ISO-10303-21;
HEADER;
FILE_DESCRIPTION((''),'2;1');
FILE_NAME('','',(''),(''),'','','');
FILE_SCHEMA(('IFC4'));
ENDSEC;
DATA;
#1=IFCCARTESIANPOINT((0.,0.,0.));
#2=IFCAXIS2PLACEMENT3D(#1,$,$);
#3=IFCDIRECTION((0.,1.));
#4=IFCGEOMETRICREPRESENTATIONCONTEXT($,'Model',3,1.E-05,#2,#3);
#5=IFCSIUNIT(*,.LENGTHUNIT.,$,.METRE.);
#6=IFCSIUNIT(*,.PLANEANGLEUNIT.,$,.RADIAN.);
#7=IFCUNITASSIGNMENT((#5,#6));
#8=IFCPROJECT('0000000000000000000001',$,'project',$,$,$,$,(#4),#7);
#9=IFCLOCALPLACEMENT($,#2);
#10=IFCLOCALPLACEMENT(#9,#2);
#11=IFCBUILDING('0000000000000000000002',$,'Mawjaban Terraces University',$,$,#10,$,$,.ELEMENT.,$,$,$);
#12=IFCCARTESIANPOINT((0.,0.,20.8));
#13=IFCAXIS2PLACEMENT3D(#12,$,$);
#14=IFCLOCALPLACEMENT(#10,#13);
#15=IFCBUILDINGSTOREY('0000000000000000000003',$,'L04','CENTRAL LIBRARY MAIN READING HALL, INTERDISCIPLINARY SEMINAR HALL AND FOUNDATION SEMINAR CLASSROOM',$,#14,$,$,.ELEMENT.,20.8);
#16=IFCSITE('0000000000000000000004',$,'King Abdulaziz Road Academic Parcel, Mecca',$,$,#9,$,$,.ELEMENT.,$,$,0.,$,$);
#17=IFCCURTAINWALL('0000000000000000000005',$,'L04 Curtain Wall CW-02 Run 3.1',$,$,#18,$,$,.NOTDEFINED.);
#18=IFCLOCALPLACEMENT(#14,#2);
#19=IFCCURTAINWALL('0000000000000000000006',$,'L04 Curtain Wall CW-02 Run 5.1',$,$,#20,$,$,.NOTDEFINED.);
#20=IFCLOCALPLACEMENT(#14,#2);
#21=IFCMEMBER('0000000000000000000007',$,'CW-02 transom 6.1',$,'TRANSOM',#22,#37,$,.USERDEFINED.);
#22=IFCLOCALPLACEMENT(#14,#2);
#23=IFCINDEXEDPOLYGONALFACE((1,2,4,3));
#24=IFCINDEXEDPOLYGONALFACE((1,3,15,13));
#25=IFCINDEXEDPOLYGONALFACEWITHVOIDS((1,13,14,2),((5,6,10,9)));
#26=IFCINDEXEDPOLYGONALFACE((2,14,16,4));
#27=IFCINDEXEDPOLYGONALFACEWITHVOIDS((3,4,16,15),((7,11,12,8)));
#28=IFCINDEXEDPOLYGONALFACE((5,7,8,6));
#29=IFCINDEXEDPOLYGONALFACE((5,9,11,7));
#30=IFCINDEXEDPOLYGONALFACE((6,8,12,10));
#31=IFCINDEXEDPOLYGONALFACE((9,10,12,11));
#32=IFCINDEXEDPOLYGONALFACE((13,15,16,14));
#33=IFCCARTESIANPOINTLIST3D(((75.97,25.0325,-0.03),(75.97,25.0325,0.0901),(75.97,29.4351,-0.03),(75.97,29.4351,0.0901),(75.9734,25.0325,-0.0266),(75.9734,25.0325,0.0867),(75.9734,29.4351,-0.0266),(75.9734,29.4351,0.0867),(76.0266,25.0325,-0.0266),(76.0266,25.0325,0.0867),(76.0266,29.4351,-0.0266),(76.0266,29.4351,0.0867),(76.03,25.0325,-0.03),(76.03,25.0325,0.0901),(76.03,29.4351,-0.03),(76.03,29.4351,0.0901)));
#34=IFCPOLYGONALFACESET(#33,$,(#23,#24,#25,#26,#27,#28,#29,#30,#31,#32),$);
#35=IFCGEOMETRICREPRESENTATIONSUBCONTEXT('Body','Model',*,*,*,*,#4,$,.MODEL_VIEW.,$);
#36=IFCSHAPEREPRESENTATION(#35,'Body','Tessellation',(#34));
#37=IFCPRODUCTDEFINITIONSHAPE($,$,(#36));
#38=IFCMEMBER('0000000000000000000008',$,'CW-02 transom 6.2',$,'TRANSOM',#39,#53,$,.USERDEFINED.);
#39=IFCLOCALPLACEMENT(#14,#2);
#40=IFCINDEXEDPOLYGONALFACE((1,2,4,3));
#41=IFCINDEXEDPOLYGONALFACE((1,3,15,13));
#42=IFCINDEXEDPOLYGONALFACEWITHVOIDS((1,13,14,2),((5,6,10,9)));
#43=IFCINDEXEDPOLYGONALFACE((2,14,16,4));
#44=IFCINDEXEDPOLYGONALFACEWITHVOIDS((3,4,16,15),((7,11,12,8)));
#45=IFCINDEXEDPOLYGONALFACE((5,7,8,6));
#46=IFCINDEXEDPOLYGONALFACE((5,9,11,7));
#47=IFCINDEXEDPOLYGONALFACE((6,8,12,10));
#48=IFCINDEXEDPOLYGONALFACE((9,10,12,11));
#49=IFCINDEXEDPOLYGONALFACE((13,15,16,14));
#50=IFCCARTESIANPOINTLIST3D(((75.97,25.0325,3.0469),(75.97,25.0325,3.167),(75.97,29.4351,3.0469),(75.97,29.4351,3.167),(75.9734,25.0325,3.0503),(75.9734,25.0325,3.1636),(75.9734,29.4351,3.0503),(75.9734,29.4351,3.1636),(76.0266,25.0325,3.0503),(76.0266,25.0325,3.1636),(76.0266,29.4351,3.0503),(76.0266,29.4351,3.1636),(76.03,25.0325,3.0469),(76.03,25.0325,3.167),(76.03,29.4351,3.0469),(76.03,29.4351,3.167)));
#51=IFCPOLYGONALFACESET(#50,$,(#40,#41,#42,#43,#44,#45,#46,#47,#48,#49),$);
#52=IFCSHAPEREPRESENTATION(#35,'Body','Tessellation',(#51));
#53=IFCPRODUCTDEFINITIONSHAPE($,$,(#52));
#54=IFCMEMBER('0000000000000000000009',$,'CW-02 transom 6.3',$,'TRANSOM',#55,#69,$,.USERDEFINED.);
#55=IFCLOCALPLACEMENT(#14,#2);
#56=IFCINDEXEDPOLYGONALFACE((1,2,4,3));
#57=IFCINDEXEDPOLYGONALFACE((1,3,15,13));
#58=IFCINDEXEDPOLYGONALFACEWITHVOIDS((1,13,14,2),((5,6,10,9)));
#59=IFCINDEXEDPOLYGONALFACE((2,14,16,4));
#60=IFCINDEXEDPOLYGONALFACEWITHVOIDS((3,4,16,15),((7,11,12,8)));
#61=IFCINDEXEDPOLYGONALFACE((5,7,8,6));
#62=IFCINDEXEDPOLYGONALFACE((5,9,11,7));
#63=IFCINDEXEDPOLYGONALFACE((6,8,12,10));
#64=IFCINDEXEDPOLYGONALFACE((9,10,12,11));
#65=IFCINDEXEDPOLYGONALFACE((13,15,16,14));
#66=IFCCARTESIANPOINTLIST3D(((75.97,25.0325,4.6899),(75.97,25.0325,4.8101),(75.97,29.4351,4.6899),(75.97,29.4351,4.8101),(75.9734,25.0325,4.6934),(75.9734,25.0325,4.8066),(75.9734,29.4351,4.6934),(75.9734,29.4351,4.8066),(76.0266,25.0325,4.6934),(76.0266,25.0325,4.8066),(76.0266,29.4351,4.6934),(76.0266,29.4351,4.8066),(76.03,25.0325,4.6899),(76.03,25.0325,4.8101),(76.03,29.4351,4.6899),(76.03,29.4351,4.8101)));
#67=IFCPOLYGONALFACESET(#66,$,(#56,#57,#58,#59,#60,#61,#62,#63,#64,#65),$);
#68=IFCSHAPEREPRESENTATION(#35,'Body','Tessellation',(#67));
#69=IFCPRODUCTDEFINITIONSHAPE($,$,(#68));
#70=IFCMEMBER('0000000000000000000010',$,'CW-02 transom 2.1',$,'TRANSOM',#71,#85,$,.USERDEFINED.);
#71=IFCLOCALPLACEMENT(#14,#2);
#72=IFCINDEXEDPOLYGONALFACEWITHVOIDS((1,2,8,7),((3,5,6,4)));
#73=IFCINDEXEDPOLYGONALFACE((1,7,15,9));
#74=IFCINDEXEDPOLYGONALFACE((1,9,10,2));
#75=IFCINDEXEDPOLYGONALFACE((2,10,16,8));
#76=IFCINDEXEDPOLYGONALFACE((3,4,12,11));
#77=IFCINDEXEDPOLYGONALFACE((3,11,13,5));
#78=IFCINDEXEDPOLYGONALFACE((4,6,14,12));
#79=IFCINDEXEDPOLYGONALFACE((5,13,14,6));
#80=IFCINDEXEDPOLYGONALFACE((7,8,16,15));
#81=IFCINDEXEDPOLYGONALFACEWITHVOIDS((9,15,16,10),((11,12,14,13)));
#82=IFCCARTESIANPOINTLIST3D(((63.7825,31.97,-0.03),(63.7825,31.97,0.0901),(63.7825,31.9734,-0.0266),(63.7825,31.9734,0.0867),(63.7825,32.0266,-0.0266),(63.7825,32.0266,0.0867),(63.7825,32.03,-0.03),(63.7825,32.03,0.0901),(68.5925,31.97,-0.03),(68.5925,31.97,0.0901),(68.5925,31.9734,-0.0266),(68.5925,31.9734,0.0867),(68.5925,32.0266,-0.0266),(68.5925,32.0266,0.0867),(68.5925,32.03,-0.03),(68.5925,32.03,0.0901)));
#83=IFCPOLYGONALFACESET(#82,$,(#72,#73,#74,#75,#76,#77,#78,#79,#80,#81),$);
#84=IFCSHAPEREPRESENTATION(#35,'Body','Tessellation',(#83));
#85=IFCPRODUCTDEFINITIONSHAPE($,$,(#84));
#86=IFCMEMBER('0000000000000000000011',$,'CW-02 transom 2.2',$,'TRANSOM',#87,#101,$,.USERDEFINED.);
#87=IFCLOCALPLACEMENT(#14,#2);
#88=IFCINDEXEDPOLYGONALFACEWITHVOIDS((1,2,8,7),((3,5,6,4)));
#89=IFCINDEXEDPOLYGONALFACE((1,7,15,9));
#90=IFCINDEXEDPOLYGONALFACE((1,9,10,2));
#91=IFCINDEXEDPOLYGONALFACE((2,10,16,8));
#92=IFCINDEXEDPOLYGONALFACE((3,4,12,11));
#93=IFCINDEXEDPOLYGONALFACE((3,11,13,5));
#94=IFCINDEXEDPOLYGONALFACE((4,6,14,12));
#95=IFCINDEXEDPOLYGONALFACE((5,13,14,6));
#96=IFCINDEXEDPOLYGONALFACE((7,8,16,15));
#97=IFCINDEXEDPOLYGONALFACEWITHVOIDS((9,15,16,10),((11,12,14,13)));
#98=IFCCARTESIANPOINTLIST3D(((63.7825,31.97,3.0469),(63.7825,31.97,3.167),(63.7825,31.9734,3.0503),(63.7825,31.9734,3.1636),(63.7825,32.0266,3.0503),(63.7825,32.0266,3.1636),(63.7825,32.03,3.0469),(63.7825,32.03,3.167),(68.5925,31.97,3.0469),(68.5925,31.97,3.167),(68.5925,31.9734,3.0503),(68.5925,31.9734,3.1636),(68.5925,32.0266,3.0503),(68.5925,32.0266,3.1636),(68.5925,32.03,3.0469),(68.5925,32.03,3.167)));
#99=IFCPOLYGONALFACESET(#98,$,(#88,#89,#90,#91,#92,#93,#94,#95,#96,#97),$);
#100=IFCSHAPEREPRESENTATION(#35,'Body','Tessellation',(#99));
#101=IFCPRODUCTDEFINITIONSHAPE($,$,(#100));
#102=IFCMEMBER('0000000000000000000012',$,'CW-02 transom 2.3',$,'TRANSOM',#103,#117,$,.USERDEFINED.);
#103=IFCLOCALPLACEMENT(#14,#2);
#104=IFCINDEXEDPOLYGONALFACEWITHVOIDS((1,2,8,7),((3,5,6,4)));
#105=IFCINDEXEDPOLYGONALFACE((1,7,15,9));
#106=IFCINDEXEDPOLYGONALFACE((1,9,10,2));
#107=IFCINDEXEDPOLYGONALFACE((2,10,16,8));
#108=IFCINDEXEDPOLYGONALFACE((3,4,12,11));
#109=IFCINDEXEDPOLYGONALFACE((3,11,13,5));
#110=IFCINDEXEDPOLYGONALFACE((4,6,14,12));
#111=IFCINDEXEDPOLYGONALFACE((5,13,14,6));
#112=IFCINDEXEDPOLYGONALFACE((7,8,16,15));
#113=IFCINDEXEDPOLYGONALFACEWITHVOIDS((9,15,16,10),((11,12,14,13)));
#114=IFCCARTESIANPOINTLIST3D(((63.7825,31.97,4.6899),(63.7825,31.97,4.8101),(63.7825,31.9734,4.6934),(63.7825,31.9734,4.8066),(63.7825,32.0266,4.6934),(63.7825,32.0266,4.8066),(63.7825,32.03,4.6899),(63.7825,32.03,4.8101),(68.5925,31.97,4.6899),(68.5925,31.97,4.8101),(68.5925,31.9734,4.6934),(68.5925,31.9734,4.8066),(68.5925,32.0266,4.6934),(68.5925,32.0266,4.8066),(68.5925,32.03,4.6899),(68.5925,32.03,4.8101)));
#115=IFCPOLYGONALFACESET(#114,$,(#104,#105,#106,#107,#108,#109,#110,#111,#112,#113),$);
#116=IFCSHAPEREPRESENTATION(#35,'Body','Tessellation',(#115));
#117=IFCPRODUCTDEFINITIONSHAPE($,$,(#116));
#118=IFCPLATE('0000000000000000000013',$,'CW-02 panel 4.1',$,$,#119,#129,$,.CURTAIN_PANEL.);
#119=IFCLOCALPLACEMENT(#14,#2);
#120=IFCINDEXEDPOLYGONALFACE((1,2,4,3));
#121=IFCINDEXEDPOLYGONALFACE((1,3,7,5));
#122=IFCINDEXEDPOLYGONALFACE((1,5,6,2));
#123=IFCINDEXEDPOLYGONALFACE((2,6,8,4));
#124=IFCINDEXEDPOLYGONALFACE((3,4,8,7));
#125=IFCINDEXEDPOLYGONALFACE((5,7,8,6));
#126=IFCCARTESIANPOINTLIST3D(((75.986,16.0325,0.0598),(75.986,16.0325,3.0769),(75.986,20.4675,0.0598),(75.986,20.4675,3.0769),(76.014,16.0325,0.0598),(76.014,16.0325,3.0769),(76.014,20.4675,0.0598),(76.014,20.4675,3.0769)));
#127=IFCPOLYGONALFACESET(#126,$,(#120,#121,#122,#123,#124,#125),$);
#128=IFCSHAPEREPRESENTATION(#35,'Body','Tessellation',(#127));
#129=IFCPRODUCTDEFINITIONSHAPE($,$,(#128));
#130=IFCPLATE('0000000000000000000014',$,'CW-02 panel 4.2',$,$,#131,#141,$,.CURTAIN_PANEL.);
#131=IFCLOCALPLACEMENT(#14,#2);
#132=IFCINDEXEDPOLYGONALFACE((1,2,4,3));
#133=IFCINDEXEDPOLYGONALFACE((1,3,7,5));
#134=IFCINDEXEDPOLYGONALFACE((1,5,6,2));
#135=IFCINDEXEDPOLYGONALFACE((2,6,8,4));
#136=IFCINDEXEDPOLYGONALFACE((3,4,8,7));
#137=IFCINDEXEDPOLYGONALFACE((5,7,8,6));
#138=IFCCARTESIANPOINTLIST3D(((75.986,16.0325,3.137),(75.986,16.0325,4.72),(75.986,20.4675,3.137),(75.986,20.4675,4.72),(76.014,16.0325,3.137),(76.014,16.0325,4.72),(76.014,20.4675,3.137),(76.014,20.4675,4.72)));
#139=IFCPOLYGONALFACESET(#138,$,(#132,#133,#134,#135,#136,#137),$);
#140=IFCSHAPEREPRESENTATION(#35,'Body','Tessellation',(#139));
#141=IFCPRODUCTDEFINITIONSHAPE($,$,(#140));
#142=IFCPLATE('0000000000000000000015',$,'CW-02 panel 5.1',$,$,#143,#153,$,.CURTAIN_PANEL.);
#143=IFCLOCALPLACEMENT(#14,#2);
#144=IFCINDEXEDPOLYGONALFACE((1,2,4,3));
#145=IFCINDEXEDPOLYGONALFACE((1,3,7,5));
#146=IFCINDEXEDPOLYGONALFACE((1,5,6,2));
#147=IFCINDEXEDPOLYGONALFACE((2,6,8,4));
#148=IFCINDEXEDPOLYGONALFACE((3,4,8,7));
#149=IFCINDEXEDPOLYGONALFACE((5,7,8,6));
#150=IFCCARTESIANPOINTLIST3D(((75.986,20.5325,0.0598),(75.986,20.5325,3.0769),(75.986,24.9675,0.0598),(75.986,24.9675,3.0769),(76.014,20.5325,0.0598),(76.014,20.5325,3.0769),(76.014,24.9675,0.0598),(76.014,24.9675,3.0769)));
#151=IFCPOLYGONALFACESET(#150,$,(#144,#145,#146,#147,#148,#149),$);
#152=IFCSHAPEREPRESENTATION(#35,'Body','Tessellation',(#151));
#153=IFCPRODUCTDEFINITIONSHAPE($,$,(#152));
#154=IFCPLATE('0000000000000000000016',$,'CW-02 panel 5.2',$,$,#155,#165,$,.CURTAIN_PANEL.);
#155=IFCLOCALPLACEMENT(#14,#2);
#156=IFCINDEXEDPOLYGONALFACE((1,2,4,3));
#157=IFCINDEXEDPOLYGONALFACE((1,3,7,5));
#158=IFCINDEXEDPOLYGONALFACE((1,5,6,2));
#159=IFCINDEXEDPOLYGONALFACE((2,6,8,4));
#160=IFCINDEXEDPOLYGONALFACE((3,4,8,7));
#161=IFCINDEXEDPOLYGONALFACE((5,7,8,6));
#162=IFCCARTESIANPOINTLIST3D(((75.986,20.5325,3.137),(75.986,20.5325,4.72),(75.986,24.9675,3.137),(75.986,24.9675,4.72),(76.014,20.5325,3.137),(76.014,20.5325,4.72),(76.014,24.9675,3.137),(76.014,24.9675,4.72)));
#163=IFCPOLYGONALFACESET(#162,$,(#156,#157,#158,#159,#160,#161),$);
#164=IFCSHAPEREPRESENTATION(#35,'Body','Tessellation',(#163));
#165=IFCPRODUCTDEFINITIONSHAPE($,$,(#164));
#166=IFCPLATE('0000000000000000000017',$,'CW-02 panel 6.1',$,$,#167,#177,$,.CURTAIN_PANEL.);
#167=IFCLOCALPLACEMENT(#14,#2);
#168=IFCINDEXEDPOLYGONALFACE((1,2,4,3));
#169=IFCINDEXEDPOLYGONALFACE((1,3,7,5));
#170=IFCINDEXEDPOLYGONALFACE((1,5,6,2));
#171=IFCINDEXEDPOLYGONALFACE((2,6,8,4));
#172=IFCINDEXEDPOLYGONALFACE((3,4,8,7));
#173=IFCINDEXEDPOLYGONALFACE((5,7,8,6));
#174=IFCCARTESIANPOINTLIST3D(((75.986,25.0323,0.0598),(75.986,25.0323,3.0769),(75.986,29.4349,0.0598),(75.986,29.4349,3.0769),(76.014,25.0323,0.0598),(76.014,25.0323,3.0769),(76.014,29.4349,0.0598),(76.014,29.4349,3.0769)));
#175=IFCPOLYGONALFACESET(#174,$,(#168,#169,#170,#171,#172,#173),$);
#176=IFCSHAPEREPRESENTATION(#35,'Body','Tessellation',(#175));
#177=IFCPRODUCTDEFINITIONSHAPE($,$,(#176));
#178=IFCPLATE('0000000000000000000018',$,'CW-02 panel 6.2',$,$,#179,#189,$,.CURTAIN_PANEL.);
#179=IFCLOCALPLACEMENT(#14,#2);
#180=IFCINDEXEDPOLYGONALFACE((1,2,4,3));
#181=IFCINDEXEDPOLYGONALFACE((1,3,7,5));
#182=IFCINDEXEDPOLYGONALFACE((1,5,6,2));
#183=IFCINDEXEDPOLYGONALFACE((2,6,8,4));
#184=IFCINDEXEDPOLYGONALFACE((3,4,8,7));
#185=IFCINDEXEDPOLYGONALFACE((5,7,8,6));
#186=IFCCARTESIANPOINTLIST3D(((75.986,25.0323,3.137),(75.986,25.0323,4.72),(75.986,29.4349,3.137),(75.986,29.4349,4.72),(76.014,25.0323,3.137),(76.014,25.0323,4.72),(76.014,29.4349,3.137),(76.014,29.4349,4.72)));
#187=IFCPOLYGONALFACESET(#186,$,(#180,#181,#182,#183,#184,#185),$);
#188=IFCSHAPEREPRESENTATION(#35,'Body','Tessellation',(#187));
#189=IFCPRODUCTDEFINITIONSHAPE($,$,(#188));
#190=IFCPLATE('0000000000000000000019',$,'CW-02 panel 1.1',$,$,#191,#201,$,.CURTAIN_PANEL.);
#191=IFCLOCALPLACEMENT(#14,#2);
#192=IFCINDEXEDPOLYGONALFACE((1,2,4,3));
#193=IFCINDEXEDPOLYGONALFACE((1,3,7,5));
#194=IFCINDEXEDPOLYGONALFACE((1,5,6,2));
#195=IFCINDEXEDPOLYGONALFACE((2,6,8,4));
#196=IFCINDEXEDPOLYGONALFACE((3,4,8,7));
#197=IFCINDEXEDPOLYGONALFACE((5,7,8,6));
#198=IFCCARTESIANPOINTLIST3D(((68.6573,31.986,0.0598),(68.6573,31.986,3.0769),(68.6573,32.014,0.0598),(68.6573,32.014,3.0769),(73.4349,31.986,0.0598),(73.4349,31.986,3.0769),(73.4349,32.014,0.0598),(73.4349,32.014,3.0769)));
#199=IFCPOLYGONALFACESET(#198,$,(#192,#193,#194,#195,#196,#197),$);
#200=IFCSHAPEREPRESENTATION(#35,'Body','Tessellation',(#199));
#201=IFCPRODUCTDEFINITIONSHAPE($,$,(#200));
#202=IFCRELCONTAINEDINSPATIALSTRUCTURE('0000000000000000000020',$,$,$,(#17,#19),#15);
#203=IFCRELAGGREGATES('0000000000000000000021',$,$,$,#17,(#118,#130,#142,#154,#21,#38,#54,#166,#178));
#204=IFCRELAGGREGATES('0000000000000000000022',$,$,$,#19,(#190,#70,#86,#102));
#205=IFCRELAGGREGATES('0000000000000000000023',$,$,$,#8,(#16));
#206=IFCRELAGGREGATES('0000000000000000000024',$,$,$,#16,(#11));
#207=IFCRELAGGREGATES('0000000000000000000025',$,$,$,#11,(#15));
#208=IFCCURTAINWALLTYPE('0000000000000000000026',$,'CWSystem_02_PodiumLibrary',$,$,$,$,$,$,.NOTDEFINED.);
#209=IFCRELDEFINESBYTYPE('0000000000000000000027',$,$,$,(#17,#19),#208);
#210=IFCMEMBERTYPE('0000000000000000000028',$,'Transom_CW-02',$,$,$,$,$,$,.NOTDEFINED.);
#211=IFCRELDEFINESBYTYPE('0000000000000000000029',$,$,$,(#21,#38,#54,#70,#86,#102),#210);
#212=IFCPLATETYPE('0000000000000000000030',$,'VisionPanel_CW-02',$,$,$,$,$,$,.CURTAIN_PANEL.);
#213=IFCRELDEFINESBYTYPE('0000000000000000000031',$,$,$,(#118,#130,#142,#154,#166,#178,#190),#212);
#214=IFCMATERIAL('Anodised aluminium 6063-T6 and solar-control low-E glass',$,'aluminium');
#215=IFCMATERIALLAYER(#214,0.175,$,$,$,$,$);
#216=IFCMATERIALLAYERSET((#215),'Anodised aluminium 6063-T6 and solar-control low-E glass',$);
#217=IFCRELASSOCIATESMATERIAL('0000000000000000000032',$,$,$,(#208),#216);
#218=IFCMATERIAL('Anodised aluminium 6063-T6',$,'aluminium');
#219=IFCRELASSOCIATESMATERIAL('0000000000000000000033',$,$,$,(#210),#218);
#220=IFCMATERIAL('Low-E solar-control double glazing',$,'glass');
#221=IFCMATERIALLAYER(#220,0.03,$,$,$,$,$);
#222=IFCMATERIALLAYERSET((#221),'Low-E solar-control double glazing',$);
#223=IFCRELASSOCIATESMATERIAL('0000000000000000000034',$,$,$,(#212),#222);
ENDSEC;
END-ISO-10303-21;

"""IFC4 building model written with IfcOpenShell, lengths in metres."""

from ifc_helpers import new_model, si_unit, direction, frame, origin, origin_2d, place, context, subcontext, project, spatial, rectangle, hollow_rectangle, extrude, material, layer, layer_set, material_profile, profile_set, type_object, element, aggregate, save


model = new_model("IFC4")

# Units and contexts
model_context = context("Model", 3, precision=1e-05, world=origin(), true_north=direction((0.0, 1.0)))
body_context = subcontext(model_context, "Body", "Model", "MODEL_VIEW")
ifc_project = project(units=[si_unit("LENGTHUNIT", "METRE"), si_unit("PLANEANGLEUNIT", "RADIAN")], contexts=[model_context])

# Site, building, storey
site_placement = place(None, origin())
site = spatial("IfcSite", under=ifc_project, at=site_placement, Name="King Abdulaziz Road Academic Parcel, Mecca", CompositionType="ELEMENT", RefElevation=0.0)
building_placement = place(site_placement, origin())
building = spatial("IfcBuilding", under=site, at=building_placement, Name="Mawjaban Terraces University", CompositionType="ELEMENT")
storey_placement = place(building_placement, frame((0.0, 0.0, 20.8)))
storey = spatial("IfcBuildingStorey", under=building, at=storey_placement, Name="L04", Description="CENTRAL LIBRARY MAIN READING HALL, INTERDISCIPLINARY SEMINAR HALL AND FOUNDATION SEMINAR CLASSROOM", CompositionType="ELEMENT", Elevation=20.8)

# Curtain wall
ifc_material_1 = material(Name="Anodised aluminium 6063-T6 and solar-control low-E glass", Category="aluminium")
ifc_layer_1 = layer(ifc_material_1, 0.175)
ifc_layer_set_1 = layer_set([ifc_layer_1], Name="Anodised aluminium 6063-T6 and solar-control low-E glass")
curtain_wall_type = type_object("IfcCurtainWallType", Name="CWSystem_02_PodiumLibrary", PredefinedType="NOTDEFINED", material=ifc_layer_set_1)
curtain_wall_1_placement = place(storey_placement, origin())
curtain_wall_1 = element("IfcCurtainWall", 1, at=curtain_wall_1_placement, inside=storey, type_object=curtain_wall_type, Name="L04 Curtain Wall CW-02 Run 3.1", PredefinedType="NOTDEFINED")
ifc_material_2 = material(Name="Anodised aluminium 6063-T6", Category="aluminium")

# Curtain wall
curtain_wall_2_placement = place(storey_placement, origin())
curtain_wall_2 = element("IfcCurtainWall", 2, at=curtain_wall_2_placement, inside=storey, type_object=curtain_wall_type, Name="L04 Curtain Wall CW-02 Run 5.1", PredefinedType="NOTDEFINED")

# Members
ifc_material_profile_1 = material_profile(ifc_material_2, hollow_rectangle(XDim=0.0601, YDim=0.1201, WallThickness=0.0034, at=origin_2d()), Name="ALU120X60X3.5")
ifc_profile_set_1 = profile_set([ifc_material_profile_1], Name="Anodised aluminium 6063-T6")
member_type_1 = type_object("IfcMemberType", Name="Transom_CW-02", PredefinedType="NOTDEFINED", material=ifc_profile_set_1)
member_1_placement = place(storey_placement, frame((76.0, 25.0325, 0.03), z_axis=(0.0, 1.0, 0.0), x_axis=(-1.0, 0.0, 0.0)))
member_1 = element("IfcMember", 3, at=member_1_placement, type_object=member_type_1, Name="CW-02 transom 6.1", ObjectType="TRANSOM", PredefinedType="USERDEFINED", context=body_context, shape_type="SweptSolid", body=[
    extrude(hollow_rectangle(XDim=0.0601, YDim=0.1201, WallThickness=0.0034, at=origin_2d()), origin(), (0.0, 0.0, 1.0), 4.4026),
])
member_2_placement = place(storey_placement, frame((76.0, 25.0325, 3.1069), z_axis=(0.0, 1.0, 0.0), x_axis=(-1.0, 0.0, 0.0)))
member_2 = element("IfcMember", 4, at=member_2_placement, type_object=member_type_1, Name="CW-02 transom 6.2", ObjectType="TRANSOM", PredefinedType="USERDEFINED", context=body_context, shape_type="SweptSolid", body=[
    extrude(hollow_rectangle(XDim=0.0601, YDim=0.1201, WallThickness=0.0034, at=origin_2d()), origin(), (0.0, 0.0, 1.0), 4.4026),
])
member_3_placement = place(storey_placement, frame((76.0, 25.0325, 4.75), z_axis=(0.0, 1.0, 0.0), x_axis=(-1.0, 0.0, 0.0)))
member_3 = element("IfcMember", 5, at=member_3_placement, type_object=member_type_1, Name="CW-02 transom 6.3", ObjectType="TRANSOM", PredefinedType="USERDEFINED", context=body_context, shape_type="SweptSolid", body=[
    extrude(hollow_rectangle(XDim=0.0601, YDim=0.1201, WallThickness=0.0034, at=origin_2d()), origin(), (0.0, 0.0, 1.0), 4.4026),
])
member_4_placement = place(storey_placement, frame((68.5925, 32.0, 0.03), z_axis=(-1.0, 0.0, 0.0), x_axis=(0.0, -1.0, 0.0)))
member_4 = element("IfcMember", 6, at=member_4_placement, type_object=member_type_1, Name="CW-02 transom 2.1", ObjectType="TRANSOM", PredefinedType="USERDEFINED", context=body_context, shape_type="SweptSolid", body=[
    extrude(hollow_rectangle(XDim=0.0601, YDim=0.1201, WallThickness=0.0034, at=origin_2d()), origin(), (0.0, 0.0, 1.0), 4.8101),
])
member_5_placement = place(storey_placement, frame((68.5925, 32.0, 3.1069), z_axis=(-1.0, 0.0, 0.0), x_axis=(0.0, -1.0, 0.0)))
member_5 = element("IfcMember", 7, at=member_5_placement, type_object=member_type_1, Name="CW-02 transom 2.2", ObjectType="TRANSOM", PredefinedType="USERDEFINED", context=body_context, shape_type="SweptSolid", body=[
    extrude(hollow_rectangle(XDim=0.0601, YDim=0.1201, WallThickness=0.0034, at=origin_2d()), origin(), (0.0, 0.0, 1.0), 4.8101),
])
member_6_placement = place(storey_placement, frame((68.5925, 32.0, 4.75), z_axis=(-1.0, 0.0, 0.0), x_axis=(0.0, -1.0, 0.0)))
member_6 = element("IfcMember", 8, at=member_6_placement, type_object=member_type_1, Name="CW-02 transom 2.3", ObjectType="TRANSOM", PredefinedType="USERDEFINED", context=body_context, shape_type="SweptSolid", body=[
    extrude(hollow_rectangle(XDim=0.0601, YDim=0.1201, WallThickness=0.0034, at=origin_2d()), origin(), (0.0, 0.0, 1.0), 4.8101),
])

# Plates
ifc_material_3 = material(Name="Low-E solar-control double glazing", Category="glass")
ifc_layer_2 = layer(ifc_material_3, 0.03)
ifc_layer_set_2 = layer_set([ifc_layer_2], Name="Low-E solar-control double glazing")
plate_type = type_object("IfcPlateType", Name="VisionPanel_CW-02", PredefinedType="CURTAIN_PANEL", material=ifc_layer_set_2)
plate_1_placement = place(storey_placement, frame((76.0, 18.25, 0.0598), z_axis=(0.0, 0.0, 1.0), x_axis=(0.0, 1.0, 0.0)))
plate_1 = element("IfcPlate", 9, at=plate_1_placement, type_object=plate_type, Name="CW-02 panel 4.1", PredefinedType="CURTAIN_PANEL", context=body_context, shape_type="SweptSolid", body=[
    extrude(rectangle(XDim=4.4351, YDim=0.0281, at=origin_2d()), origin(), (0.0, 0.0, 1.0), 3.0171),
])
plate_2_placement = place(storey_placement, frame((76.0, 18.25, 3.137), z_axis=(0.0, 0.0, 1.0), x_axis=(0.0, 1.0, 0.0)))
plate_2 = element("IfcPlate", 10, at=plate_2_placement, type_object=plate_type, Name="CW-02 panel 4.2", PredefinedType="CURTAIN_PANEL", context=body_context, shape_type="SweptSolid", body=[
    extrude(rectangle(XDim=4.4351, YDim=0.0281, at=origin_2d()), origin(), (0.0, 0.0, 1.0), 1.583),
])
plate_3_placement = place(storey_placement, frame((76.0, 22.75, 0.0598), z_axis=(0.0, 0.0, 1.0), x_axis=(0.0, 1.0, 0.0)))
plate_3 = element("IfcPlate", 11, at=plate_3_placement, type_object=plate_type, Name="CW-02 panel 5.1", PredefinedType="CURTAIN_PANEL", context=body_context, shape_type="SweptSolid", body=[
    extrude(rectangle(XDim=4.4351, YDim=0.0281, at=origin_2d()), origin(), (0.0, 0.0, 1.0), 3.0171),
])
plate_4_placement = place(storey_placement, frame((76.0, 22.75, 3.137), z_axis=(0.0, 0.0, 1.0), x_axis=(0.0, 1.0, 0.0)))
plate_4 = element("IfcPlate", 12, at=plate_4_placement, type_object=plate_type, Name="CW-02 panel 5.2", PredefinedType="CURTAIN_PANEL", context=body_context, shape_type="SweptSolid", body=[
    extrude(rectangle(XDim=4.4351, YDim=0.0281, at=origin_2d()), origin(), (0.0, 0.0, 1.0), 1.583),
])
plate_5_placement = place(storey_placement, frame((76.0, 27.2336, 0.0598), z_axis=(0.0, 0.0, 1.0), x_axis=(0.0, 1.0, 0.0)))
plate_5 = element("IfcPlate", 13, at=plate_5_placement, type_object=plate_type, Name="CW-02 panel 6.1", PredefinedType="CURTAIN_PANEL", context=body_context, shape_type="SweptSolid", body=[
    extrude(rectangle(XDim=4.4026, YDim=0.0281, at=origin_2d()), origin(), (0.0, 0.0, 1.0), 3.0171),
])
plate_6_placement = place(storey_placement, frame((76.0, 27.2336, 3.137), z_axis=(0.0, 0.0, 1.0), x_axis=(0.0, 1.0, 0.0)))
plate_6 = element("IfcPlate", 14, at=plate_6_placement, type_object=plate_type, Name="CW-02 panel 6.2", PredefinedType="CURTAIN_PANEL", context=body_context, shape_type="SweptSolid", body=[
    extrude(rectangle(XDim=4.4026, YDim=0.0281, at=origin_2d()), origin(), (0.0, 0.0, 1.0), 1.583),
])
aggregate(curtain_wall_1, [plate_1, plate_2, plate_3, plate_4, member_1, member_2, member_3, plate_5, plate_6])
plate_7_placement = place(storey_placement, frame((71.0461, 32.0, 0.0598), z_axis=(0.0, 0.0, 1.0), x_axis=(-1.0, 0.0, 0.0)))
plate_7 = element("IfcPlate", 15, at=plate_7_placement, type_object=plate_type, Name="CW-02 panel 1.1", PredefinedType="CURTAIN_PANEL", context=body_context, shape_type="SweptSolid", body=[
    extrude(rectangle(XDim=4.7776, YDim=0.0281, at=origin_2d()), origin(), (0.0, 0.0, 1.0), 3.0171),
])
aggregate(curtain_wall_2, [plate_7, member_4, member_5, member_6])

save(model, "model.ifc")
